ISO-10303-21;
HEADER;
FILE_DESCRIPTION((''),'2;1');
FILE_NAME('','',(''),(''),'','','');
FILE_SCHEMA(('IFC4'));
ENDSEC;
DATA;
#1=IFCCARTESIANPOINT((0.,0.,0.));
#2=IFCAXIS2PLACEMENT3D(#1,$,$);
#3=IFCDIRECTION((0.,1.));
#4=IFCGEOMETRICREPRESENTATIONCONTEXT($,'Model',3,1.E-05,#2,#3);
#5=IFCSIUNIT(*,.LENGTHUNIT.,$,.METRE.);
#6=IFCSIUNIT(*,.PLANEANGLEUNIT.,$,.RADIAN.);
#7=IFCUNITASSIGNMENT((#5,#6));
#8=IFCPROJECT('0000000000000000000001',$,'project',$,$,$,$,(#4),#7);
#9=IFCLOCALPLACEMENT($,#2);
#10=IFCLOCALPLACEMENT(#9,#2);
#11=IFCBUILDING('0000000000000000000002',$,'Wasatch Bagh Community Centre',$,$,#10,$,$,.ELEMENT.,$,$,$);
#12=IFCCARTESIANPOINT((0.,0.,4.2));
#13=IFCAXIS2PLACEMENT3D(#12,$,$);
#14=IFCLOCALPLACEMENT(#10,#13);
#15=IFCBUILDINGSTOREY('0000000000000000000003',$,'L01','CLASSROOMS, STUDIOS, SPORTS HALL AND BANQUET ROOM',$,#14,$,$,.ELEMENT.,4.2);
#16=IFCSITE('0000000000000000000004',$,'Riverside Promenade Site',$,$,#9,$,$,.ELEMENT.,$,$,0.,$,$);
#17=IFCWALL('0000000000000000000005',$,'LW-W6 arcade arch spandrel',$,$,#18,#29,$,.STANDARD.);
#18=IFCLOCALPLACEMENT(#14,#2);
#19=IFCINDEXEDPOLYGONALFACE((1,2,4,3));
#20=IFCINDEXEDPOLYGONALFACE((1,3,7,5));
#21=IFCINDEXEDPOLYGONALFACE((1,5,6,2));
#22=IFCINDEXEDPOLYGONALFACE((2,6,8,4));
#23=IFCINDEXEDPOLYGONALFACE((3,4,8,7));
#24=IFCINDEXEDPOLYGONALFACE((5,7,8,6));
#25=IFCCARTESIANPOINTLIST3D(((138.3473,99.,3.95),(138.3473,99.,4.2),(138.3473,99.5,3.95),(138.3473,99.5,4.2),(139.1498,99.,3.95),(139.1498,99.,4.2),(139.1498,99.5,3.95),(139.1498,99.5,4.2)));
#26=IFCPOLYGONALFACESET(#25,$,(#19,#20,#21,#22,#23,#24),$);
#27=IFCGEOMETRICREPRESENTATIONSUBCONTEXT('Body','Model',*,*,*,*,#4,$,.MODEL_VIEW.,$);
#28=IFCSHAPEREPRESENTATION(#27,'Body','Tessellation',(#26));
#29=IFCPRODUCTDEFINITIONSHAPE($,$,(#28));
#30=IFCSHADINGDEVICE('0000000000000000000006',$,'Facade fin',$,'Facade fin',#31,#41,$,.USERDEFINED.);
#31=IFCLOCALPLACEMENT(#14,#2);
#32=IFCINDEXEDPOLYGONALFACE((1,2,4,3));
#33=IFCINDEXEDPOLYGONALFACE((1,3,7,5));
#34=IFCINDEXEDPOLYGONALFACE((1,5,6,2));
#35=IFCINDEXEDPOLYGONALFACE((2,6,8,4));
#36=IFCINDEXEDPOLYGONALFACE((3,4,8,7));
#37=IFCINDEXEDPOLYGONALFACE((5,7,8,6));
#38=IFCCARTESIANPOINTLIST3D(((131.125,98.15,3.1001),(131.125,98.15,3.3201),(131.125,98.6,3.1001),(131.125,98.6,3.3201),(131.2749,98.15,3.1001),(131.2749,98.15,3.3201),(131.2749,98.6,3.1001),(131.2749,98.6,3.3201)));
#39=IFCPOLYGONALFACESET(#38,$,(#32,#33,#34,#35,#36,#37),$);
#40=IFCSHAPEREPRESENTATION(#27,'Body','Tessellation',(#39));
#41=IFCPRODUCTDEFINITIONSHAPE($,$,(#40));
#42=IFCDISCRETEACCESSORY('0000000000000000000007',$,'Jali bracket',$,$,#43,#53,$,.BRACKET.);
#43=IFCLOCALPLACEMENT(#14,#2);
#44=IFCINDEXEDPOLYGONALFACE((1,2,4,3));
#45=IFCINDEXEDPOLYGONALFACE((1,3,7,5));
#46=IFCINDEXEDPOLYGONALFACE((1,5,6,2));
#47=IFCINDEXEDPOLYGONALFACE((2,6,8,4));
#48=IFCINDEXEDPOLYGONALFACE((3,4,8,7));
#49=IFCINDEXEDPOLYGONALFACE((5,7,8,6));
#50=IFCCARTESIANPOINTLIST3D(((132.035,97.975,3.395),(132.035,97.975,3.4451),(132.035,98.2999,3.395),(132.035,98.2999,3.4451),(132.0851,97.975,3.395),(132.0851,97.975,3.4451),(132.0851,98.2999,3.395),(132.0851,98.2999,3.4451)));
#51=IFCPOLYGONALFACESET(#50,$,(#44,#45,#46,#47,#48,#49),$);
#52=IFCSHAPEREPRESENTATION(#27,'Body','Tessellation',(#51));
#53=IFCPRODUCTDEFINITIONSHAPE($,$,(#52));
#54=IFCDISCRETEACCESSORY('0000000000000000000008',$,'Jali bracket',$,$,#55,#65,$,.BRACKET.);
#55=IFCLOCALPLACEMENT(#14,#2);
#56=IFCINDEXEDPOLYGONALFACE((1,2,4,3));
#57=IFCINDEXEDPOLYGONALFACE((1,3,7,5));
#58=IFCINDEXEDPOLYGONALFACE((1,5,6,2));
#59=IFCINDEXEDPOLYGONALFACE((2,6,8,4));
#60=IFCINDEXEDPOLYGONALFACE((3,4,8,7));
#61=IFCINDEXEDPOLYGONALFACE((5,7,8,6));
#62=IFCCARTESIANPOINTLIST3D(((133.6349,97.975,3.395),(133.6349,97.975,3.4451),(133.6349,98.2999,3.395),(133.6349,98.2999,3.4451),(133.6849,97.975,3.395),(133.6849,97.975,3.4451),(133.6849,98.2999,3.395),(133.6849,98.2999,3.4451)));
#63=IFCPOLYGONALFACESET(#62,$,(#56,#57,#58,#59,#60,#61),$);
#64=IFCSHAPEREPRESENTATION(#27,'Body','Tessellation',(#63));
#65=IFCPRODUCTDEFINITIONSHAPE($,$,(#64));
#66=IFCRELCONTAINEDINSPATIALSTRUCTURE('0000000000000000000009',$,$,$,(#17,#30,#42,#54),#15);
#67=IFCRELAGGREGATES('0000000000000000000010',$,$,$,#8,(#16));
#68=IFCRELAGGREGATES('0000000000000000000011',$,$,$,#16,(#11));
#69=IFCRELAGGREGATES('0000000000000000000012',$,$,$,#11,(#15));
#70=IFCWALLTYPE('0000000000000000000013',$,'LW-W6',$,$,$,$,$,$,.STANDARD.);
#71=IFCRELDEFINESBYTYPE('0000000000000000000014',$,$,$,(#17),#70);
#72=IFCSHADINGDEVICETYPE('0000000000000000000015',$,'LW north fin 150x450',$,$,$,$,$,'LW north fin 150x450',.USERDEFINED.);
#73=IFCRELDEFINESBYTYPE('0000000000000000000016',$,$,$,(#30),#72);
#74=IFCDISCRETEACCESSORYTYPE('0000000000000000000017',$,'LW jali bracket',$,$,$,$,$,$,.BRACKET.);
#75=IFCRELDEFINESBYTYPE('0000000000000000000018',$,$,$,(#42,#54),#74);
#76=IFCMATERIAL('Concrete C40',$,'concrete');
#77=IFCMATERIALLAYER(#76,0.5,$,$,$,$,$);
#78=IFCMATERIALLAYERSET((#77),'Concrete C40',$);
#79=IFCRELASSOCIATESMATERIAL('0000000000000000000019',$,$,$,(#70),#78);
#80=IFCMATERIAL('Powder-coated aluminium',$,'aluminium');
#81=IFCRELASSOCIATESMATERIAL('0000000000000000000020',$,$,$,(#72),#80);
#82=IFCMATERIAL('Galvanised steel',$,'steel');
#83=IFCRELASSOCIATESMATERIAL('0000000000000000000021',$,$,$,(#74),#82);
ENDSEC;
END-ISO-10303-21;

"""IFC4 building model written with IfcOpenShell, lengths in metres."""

from ifc_helpers import new_model, si_unit, direction, frame, frame_2d, origin, origin_2d, place, context, subcontext, project, spatial, rectangle, extrude, material, layer, layer_set, type_object, element, save


model = new_model("IFC4")

# Units and contexts
model_context = context("Model", 3, precision=1e-05, world=origin(), true_north=direction((0.0, 1.0)))
body_context = subcontext(model_context, "Body", "Model", "MODEL_VIEW")
ifc_project = project(units=[si_unit("LENGTHUNIT", "METRE"), si_unit("PLANEANGLEUNIT", "RADIAN")], contexts=[model_context])

# Site, building, storey
site_placement = place(None, origin())
site = spatial("IfcSite", under=ifc_project, at=site_placement, Name="Riverside Promenade Site", CompositionType="ELEMENT", RefElevation=0.0)
building_placement = place(site_placement, origin())
building = spatial("IfcBuilding", under=site, at=building_placement, Name="Wasatch Bagh Community Centre", CompositionType="ELEMENT")
storey_placement = place(building_placement, frame((0.0, 0.0, 4.2)))
storey = spatial("IfcBuildingStorey", under=building, at=storey_placement, Name="L01", Description="CLASSROOMS, STUDIOS, SPORTS HALL AND BANQUET ROOM", CompositionType="ELEMENT", Elevation=4.2)

# Shared definitions
ifc_material_1 = material(Name="Concrete C40", Category="concrete")

# Wall
ifc_layer_1 = layer(ifc_material_1, 0.5)
ifc_layer_set_1 = layer_set([ifc_layer_1], Name="Concrete C40")
wall_type = type_object("IfcWallType", Name="LW-W6", PredefinedType="STANDARD", material=ifc_layer_set_1)
for number, where, z_axis, x_axis, name in (
    (1, (139.1499, 99.25, 3.95), (0.0, 0.0, 1.0), (-1.0, 0.0, 0.0), "LW-W6 arcade arch spandrel"),
):
    element("IfcWall", number, at=place(storey_placement, frame(where, z_axis=z_axis, x_axis=x_axis)), inside=storey, type_object=wall_type, Name=name, PredefinedType="STANDARD", context=body_context, shape_type="SweptSolid", body=[
        extrude(rectangle(XDim=0.8025, YDim=0.5, at=frame_2d((0.4014, 0.0))), origin(), (0.0, 0.0, 1.0), 0.25),
    ])

# Shading device
ifc_material_2 = material(Name="Powder-coated aluminium", Category="aluminium")
shading_device_type = type_object("IfcShadingDeviceType", Name="LW north fin 150x450", ElementType="LW north fin 150x450", PredefinedType="USERDEFINED", material=ifc_material_2)
shading_device_placement = place(storey_placement, frame((131.2, 98.375, 3.1001), z_axis=(0.0, 0.0, 1.0), x_axis=(1.0, 0.0, 0.0)))
element("IfcShadingDevice", 2, at=shading_device_placement, inside=storey, type_object=shading_device_type, Name="Facade fin", ObjectType="Facade fin", PredefinedType="USERDEFINED", context=body_context, shape_type="SweptSolid", body=[
    extrude(rectangle(XDim=0.1499, YDim=0.45, at=origin_2d()), origin(), (0.0, 0.0, 1.0), 0.22),
])

# Discrete accessories
ifc_material_3 = material(Name="Galvanised steel", Category="steel")
discrete_accessory_type = type_object("IfcDiscreteAccessoryType", Name="LW jali bracket", PredefinedType="BRACKET", material=ifc_material_3)
for number, where, z_axis, x_axis, name in (
    (3, (132.0601, 98.1375, 3.395), (0.0, 0.0, 1.0), (1.0, 0.0, 0.0), "Jali bracket"),
    (4, (133.6599, 98.1375, 3.395), (0.0, 0.0, 1.0), (1.0, 0.0, 0.0), "Jali bracket"),
):
    element("IfcDiscreteAccessory", number, at=place(storey_placement, frame(where, z_axis=z_axis, x_axis=x_axis)), inside=storey, type_object=discrete_accessory_type, Name=name, PredefinedType="BRACKET", context=body_context, shape_type="SweptSolid", body=[
        extrude(rectangle(XDim=0.05, YDim=0.325, at=origin_2d()), origin(), (0.0, 0.0, 1.0), 0.05),
    ])

save(model, "model.ifc")
